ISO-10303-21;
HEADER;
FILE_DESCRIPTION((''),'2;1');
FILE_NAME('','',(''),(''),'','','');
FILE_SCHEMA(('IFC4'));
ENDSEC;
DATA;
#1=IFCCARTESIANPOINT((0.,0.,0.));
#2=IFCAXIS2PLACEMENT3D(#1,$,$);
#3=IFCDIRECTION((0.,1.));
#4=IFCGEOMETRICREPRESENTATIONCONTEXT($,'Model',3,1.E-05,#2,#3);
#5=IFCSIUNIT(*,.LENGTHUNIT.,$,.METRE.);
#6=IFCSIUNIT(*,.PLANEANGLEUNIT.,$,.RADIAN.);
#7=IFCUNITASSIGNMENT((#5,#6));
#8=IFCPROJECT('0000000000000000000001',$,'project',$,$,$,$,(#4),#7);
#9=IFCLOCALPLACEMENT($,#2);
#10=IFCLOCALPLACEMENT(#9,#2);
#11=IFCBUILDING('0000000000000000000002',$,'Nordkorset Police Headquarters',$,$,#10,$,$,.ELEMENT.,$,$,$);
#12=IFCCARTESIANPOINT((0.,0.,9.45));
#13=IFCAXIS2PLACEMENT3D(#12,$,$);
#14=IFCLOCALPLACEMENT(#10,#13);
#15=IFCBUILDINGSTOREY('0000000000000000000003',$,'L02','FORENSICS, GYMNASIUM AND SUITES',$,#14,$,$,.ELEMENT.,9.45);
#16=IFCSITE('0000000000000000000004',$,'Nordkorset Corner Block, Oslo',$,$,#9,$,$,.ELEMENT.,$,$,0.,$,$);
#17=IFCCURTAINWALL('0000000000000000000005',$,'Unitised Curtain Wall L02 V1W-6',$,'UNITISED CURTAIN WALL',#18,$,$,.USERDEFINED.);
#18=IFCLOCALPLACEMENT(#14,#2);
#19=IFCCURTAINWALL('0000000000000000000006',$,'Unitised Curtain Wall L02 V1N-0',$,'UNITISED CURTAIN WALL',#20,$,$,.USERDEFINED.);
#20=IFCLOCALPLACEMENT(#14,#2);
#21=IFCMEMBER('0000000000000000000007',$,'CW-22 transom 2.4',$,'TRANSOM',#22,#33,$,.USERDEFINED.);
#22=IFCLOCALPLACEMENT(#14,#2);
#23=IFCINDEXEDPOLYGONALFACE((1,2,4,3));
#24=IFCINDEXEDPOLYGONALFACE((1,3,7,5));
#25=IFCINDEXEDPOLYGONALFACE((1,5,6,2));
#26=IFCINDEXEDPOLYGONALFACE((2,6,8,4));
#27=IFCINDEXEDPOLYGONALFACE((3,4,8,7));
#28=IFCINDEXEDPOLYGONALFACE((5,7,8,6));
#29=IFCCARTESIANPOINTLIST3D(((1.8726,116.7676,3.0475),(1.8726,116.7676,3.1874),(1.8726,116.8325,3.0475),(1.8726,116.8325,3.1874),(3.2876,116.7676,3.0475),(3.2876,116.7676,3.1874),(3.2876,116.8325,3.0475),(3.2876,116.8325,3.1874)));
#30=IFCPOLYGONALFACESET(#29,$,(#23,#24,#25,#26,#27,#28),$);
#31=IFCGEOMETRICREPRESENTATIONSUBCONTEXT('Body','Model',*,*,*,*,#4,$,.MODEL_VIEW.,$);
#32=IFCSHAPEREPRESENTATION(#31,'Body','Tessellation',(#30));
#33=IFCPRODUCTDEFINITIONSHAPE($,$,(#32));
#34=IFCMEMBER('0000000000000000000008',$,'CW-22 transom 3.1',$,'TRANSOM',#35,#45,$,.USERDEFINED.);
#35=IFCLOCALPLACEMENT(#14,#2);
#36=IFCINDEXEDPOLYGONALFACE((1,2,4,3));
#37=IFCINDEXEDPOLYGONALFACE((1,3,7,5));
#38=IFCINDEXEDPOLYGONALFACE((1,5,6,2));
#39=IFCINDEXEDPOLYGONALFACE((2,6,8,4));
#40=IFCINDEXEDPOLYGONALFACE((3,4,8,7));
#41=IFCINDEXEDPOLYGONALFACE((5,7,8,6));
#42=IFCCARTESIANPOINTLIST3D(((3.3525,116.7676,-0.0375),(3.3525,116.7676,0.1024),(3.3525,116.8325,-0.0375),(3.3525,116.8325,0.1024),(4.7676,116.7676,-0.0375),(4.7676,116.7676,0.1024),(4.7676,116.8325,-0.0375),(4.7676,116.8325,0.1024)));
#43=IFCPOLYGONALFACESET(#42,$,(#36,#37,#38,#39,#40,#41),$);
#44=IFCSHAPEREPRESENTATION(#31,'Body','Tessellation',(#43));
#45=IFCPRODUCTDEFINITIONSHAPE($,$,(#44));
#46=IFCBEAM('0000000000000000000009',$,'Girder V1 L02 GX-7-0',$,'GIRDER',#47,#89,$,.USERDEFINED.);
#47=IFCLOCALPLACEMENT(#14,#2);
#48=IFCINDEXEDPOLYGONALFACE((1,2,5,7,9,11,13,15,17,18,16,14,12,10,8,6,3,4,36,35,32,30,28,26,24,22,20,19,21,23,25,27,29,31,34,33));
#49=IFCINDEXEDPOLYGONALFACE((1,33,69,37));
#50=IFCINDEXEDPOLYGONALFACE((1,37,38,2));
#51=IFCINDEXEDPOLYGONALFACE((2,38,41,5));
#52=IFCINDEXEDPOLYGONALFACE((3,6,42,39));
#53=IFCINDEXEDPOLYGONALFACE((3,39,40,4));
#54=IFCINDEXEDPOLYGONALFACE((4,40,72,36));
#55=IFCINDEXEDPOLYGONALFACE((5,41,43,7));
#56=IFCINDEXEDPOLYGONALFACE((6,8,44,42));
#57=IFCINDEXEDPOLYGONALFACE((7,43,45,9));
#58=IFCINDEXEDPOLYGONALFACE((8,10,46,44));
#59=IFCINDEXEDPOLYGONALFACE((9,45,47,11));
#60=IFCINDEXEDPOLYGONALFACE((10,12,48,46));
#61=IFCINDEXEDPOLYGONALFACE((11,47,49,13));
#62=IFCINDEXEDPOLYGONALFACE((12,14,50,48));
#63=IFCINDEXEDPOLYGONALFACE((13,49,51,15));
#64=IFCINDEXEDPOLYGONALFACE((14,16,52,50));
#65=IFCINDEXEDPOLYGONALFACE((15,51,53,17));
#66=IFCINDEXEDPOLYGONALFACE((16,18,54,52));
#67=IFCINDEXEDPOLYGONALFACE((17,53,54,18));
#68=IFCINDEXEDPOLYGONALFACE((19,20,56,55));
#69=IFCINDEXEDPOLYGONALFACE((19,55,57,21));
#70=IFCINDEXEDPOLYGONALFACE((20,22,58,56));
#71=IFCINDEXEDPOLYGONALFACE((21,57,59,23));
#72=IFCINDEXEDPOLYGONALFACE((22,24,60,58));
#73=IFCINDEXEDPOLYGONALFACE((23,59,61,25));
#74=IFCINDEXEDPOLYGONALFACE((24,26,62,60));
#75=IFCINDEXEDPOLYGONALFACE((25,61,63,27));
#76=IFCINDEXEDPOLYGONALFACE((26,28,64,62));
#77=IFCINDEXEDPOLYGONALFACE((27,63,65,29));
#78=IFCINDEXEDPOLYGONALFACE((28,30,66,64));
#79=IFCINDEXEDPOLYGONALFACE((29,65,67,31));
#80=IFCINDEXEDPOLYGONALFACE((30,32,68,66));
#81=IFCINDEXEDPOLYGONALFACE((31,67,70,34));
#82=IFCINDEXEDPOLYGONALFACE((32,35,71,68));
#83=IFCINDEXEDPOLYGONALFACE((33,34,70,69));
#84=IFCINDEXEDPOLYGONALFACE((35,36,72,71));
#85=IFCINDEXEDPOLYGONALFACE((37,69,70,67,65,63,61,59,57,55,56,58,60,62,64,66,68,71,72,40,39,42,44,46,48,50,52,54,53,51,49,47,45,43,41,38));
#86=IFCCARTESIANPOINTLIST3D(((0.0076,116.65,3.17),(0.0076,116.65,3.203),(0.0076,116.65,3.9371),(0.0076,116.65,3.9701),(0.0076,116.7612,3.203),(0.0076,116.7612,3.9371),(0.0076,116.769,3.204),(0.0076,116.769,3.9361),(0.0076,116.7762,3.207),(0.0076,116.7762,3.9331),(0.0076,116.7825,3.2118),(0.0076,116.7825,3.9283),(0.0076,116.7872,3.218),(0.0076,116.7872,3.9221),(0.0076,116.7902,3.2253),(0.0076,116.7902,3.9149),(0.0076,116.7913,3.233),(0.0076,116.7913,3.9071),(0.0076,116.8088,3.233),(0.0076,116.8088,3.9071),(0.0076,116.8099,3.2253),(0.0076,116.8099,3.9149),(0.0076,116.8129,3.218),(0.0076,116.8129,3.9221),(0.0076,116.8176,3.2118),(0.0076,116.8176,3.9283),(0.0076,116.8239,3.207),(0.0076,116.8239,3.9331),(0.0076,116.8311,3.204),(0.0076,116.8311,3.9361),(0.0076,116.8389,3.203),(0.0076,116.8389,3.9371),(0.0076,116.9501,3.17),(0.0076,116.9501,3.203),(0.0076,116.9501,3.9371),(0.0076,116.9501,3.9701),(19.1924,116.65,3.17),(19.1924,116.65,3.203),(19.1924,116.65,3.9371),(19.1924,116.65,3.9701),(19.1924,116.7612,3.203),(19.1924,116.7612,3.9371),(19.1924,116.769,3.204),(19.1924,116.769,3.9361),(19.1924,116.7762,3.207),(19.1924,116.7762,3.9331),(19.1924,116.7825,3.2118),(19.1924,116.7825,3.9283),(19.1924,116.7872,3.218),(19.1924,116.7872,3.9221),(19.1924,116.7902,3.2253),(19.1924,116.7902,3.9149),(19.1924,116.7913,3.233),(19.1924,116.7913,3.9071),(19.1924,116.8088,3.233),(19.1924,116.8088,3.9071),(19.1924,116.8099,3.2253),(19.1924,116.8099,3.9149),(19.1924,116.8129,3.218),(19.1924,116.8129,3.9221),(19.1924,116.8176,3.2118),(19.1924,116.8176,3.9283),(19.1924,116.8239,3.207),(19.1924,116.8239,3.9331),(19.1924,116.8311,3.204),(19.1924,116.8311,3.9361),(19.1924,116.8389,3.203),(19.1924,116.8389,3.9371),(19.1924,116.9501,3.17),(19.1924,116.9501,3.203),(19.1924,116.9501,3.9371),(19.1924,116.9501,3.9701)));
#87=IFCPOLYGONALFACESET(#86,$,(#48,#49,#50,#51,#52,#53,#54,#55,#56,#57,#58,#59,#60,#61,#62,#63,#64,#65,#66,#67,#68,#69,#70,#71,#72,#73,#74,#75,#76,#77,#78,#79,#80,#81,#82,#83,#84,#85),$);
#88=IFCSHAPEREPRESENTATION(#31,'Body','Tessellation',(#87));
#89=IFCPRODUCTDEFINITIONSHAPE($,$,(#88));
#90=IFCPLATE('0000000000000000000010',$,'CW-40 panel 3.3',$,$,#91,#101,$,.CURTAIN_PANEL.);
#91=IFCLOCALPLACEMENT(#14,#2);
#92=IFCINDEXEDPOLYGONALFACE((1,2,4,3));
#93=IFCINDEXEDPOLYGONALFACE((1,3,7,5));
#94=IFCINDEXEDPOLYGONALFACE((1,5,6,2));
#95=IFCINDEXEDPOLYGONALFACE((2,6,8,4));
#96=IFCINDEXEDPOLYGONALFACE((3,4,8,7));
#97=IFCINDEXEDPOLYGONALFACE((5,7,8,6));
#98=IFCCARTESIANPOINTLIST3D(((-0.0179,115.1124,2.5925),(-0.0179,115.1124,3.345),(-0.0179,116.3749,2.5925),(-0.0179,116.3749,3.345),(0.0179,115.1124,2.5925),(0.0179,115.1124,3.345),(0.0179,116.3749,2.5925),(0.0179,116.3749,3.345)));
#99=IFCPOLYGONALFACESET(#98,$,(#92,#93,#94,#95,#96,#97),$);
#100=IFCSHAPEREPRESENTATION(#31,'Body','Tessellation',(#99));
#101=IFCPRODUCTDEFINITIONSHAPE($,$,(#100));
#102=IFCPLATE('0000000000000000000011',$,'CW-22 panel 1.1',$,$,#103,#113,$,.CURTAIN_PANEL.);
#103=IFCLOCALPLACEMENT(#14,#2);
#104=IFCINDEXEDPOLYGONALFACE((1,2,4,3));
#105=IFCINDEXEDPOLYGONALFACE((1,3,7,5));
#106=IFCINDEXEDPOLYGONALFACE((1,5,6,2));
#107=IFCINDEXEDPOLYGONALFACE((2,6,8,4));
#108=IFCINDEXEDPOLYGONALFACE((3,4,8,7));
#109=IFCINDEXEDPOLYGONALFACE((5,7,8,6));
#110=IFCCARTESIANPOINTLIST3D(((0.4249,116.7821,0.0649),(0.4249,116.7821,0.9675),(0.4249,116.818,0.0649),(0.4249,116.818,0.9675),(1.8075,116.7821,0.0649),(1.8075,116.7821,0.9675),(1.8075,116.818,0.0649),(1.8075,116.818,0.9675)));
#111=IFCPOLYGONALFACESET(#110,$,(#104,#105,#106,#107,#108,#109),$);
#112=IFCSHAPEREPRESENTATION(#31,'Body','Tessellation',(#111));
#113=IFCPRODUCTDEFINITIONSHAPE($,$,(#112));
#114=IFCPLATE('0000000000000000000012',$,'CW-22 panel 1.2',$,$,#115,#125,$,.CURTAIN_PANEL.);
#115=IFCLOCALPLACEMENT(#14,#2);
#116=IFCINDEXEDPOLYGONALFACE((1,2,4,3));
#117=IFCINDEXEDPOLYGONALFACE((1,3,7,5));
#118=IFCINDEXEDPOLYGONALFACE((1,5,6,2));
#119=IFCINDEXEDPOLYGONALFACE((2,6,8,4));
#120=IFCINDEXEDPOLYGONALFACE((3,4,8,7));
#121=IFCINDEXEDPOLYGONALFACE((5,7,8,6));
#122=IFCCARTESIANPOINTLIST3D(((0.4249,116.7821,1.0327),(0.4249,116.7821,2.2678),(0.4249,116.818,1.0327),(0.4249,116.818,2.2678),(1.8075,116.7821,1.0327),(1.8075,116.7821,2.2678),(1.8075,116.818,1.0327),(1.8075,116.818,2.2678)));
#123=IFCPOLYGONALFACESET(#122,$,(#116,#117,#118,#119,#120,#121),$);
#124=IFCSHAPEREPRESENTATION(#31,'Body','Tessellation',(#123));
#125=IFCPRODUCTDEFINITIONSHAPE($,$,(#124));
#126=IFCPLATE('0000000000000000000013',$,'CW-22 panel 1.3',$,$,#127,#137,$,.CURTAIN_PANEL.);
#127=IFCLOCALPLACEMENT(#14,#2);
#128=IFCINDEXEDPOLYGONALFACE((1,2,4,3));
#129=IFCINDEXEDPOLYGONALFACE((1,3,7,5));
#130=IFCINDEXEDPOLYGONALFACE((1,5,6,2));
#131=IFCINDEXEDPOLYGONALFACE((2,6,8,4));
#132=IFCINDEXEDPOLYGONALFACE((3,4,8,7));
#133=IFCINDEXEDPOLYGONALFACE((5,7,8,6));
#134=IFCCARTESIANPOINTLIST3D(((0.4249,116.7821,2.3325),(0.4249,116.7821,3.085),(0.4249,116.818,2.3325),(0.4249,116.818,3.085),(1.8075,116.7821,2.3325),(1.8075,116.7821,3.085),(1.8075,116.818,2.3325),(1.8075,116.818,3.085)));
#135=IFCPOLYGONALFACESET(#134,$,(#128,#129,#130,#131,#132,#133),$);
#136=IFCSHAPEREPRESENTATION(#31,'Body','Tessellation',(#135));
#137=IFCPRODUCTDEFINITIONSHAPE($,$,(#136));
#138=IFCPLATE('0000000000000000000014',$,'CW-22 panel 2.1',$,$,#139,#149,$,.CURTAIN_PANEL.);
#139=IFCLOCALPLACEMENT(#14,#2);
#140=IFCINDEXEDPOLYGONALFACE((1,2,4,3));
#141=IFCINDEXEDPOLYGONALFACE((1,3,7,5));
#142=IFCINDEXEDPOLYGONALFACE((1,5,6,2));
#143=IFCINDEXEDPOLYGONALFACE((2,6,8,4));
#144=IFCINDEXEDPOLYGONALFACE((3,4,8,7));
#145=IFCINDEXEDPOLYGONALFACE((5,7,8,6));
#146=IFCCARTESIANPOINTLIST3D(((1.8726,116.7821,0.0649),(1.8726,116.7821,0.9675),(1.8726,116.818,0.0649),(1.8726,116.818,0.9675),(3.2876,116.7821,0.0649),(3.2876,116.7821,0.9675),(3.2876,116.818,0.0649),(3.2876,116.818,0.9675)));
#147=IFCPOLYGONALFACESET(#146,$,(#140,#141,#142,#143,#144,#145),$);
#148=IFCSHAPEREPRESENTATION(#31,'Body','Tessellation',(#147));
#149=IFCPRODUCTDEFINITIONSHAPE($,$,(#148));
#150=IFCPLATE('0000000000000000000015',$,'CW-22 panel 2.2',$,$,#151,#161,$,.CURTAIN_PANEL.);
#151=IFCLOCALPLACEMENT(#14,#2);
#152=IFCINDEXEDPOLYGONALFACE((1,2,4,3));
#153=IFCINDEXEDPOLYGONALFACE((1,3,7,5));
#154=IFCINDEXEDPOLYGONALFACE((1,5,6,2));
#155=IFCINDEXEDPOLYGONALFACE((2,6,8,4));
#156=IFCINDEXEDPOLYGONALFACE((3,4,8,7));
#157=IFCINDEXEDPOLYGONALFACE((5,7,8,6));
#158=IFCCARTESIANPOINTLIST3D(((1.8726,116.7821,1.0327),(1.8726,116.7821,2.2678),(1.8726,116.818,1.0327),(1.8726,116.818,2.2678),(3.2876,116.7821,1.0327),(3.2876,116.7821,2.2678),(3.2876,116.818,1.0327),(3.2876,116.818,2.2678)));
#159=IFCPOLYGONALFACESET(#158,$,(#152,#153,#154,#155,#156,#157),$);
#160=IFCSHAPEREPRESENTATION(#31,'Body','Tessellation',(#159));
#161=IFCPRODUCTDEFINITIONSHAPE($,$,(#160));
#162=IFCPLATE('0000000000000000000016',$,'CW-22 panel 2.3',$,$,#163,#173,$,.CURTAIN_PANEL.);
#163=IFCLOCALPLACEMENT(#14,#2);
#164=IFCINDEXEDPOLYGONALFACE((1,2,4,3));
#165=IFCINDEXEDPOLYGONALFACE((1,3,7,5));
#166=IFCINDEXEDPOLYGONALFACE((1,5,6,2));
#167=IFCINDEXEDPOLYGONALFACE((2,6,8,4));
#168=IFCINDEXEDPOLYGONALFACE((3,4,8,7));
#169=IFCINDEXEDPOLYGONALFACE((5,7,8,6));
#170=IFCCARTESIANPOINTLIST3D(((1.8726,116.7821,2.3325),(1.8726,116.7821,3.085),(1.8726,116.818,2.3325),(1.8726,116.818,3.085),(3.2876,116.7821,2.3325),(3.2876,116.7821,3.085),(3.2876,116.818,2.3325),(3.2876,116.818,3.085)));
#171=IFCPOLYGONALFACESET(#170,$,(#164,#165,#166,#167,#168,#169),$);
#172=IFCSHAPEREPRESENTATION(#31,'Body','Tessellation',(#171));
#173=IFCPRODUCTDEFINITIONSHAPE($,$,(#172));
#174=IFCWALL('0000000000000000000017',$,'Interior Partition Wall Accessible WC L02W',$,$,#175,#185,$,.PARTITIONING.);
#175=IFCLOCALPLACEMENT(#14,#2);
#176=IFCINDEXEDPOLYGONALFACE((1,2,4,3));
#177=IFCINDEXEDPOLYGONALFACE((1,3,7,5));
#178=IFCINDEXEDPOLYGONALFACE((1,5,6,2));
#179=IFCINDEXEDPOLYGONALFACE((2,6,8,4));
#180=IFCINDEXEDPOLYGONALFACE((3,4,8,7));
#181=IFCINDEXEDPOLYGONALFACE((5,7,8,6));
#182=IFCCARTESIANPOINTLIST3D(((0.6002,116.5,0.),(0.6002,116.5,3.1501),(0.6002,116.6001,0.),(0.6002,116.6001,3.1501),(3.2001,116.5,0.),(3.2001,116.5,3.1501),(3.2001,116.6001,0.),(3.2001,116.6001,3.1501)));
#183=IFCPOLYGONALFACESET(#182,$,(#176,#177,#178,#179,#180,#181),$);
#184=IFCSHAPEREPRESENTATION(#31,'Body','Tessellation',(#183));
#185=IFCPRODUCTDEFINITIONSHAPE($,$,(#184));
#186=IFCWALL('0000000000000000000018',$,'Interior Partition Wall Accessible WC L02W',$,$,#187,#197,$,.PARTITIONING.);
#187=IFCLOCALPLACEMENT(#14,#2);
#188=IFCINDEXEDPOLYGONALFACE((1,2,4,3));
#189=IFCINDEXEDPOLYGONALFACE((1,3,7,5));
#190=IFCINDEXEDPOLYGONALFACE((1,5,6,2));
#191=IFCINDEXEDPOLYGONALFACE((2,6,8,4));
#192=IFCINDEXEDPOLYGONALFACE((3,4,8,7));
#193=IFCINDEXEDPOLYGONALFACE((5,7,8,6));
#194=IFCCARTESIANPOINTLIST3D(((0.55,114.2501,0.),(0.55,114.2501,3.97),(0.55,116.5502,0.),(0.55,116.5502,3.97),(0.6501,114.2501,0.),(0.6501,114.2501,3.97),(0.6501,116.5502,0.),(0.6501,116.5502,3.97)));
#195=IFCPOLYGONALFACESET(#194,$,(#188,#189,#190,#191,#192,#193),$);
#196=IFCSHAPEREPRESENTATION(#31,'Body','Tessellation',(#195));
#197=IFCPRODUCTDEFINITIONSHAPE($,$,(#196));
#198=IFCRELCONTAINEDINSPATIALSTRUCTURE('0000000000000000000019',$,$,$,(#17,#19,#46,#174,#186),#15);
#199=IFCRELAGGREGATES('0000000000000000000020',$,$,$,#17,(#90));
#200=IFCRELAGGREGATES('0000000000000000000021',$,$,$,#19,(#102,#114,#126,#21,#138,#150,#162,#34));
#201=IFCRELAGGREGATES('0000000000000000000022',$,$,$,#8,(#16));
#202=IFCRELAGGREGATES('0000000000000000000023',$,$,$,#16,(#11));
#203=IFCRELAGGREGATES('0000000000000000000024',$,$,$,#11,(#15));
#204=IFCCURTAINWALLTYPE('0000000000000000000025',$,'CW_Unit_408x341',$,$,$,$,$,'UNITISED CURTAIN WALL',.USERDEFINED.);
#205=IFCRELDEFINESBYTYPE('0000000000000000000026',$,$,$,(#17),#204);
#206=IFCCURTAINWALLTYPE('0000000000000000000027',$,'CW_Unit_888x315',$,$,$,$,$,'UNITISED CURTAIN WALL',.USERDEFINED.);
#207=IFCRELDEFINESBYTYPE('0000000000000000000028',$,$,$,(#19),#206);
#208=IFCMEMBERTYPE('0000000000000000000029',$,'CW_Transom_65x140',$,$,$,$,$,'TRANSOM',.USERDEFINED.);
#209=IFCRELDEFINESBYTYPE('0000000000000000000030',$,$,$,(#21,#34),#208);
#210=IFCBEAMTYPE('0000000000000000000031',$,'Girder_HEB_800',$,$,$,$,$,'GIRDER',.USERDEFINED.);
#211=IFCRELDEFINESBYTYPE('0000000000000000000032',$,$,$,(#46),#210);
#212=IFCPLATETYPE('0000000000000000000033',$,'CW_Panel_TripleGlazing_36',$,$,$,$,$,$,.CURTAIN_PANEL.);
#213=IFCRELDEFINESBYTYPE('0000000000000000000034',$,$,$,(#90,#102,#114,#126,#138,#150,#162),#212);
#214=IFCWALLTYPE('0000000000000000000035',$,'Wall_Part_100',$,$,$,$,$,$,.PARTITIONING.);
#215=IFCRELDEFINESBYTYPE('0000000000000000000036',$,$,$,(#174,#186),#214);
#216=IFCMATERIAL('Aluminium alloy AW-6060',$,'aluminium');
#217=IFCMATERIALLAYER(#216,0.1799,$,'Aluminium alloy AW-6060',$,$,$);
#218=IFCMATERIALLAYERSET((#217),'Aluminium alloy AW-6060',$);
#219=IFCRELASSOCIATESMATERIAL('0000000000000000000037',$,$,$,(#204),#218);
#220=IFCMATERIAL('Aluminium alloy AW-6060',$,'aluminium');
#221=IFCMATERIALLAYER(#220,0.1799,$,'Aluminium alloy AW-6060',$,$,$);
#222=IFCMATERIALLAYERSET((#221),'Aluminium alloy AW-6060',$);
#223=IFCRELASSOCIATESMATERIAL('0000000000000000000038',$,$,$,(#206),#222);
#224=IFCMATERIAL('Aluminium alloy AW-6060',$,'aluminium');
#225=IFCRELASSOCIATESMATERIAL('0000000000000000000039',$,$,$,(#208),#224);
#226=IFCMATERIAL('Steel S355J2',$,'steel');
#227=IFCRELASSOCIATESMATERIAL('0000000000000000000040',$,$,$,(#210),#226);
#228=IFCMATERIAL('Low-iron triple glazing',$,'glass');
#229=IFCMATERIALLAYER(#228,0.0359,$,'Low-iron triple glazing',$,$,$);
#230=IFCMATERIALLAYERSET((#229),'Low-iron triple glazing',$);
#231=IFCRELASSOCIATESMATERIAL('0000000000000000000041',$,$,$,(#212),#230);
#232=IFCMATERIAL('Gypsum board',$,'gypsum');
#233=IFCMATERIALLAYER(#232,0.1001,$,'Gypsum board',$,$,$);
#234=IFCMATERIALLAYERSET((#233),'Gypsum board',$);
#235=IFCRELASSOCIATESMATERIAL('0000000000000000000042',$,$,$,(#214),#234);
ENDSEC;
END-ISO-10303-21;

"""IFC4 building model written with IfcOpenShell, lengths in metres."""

from ifc_helpers import new_model, si_unit, direction, frame, frame_2d, origin, origin_2d, place, context, subcontext, project, spatial, rectangle, i_section, extrude, material, layer, layer_set, material_profile, profile_set, type_object, element, aggregate, save


model = new_model("IFC4")

# Units and contexts
model_context = context("Model", 3, precision=1e-05, world=origin(), true_north=direction((0.0, 1.0)))
body_context = subcontext(model_context, "Body", "Model", "MODEL_VIEW")
ifc_project = project(units=[si_unit("LENGTHUNIT", "METRE"), si_unit("PLANEANGLEUNIT", "RADIAN")], contexts=[model_context])

# Site, building, storey
site_placement = place(None, origin())
site = spatial("IfcSite", under=ifc_project, at=site_placement, Name="Nordkorset Corner Block, Oslo", CompositionType="ELEMENT", RefElevation=0.0)
building_placement = place(site_placement, origin())
building = spatial("IfcBuilding", under=site, at=building_placement, Name="Nordkorset Police Headquarters", CompositionType="ELEMENT")
storey_placement = place(building_placement, frame((0.0, 0.0, 9.45)))
storey = spatial("IfcBuildingStorey", under=building, at=storey_placement, Name="L02", Description="FORENSICS, GYMNASIUM AND SUITES", CompositionType="ELEMENT", Elevation=9.45)

# Curtain wall
ifc_material_1 = material(Name="Aluminium alloy AW-6060", Category="aluminium")
ifc_layer_1 = layer(ifc_material_1, 0.1799, Name="Aluminium alloy AW-6060")
ifc_layer_set_1 = layer_set([ifc_layer_1], Name="Aluminium alloy AW-6060")
curtain_wall_type_1 = type_object("IfcCurtainWallType", Name="CW_Unit_408x341", ElementType="UNITISED CURTAIN WALL", PredefinedType="USERDEFINED", material=ifc_layer_set_1)
curtain_wall_1_placement = place(storey_placement, origin())
curtain_wall_1 = element("IfcCurtainWall", 1, at=curtain_wall_1_placement, inside=storey, type_object=curtain_wall_type_1, Name="Unitised Curtain Wall L02 V1W-6", ObjectType="UNITISED CURTAIN WALL", PredefinedType="USERDEFINED")

# Curtain wall, members
ifc_material_2 = material(Name="Aluminium alloy AW-6060", Category="aluminium")
ifc_layer_2 = layer(ifc_material_2, 0.1799, Name="Aluminium alloy AW-6060")
ifc_layer_set_2 = layer_set([ifc_layer_2], Name="Aluminium alloy AW-6060")
curtain_wall_type_2 = type_object("IfcCurtainWallType", Name="CW_Unit_888x315", ElementType="UNITISED CURTAIN WALL", PredefinedType="USERDEFINED", material=ifc_layer_set_2)
curtain_wall_2_placement = place(storey_placement, origin())
curtain_wall_2 = element("IfcCurtainWall", 2, at=curtain_wall_2_placement, inside=storey, type_object=curtain_wall_type_2, Name="Unitised Curtain Wall L02 V1N-0", ObjectType="UNITISED CURTAIN WALL", PredefinedType="USERDEFINED")
ifc_material_3 = material(Name="Aluminium alloy AW-6060", Category="aluminium")
ifc_material_profile_1 = material_profile(ifc_material_3, rectangle(XDim=0.0649, YDim=0.1399, at=origin_2d()), Name="ALU TRAN 65x140")
ifc_profile_set_1 = profile_set([ifc_material_profile_1], Name="Aluminium alloy AW-6060")
member_type_1 = type_object("IfcMemberType", Name="CW_Transom_65x140", ElementType="TRANSOM", PredefinedType="USERDEFINED", material=ifc_profile_set_1)
member_1_placement = place(storey_placement, frame((1.8726, 116.8, 3.1174), z_axis=(1.0, 0.0, 0.0), x_axis=(0.0, 1.0, 0.0)))
member_1 = element("IfcMember", 3, at=member_1_placement, type_object=member_type_1, Name="CW-22 transom 2.4", ObjectType="TRANSOM", PredefinedType="USERDEFINED", context=body_context, shape_type="SweptSolid", body=[
    extrude(rectangle(XDim=0.0649, YDim=0.1399, at=origin_2d()), origin(), (0.0, 0.0, 1.0), 1.415),
])
member_2_placement = place(storey_placement, frame((3.3525, 116.8, 0.0325), z_axis=(1.0, 0.0, 0.0), x_axis=(0.0, 1.0, 0.0)))
member_2 = element("IfcMember", 4, at=member_2_placement, type_object=member_type_1, Name="CW-22 transom 3.1", ObjectType="TRANSOM", PredefinedType="USERDEFINED", context=body_context, shape_type="SweptSolid", body=[
    extrude(rectangle(XDim=0.0649, YDim=0.1399, at=origin_2d()), origin(), (0.0, 0.0, 1.0), 1.415),
])

# Beam
ifc_material_4 = material(Name="Steel S355J2", Category="steel")
ifc_material_profile_2 = material_profile(ifc_material_4, i_section(OverallWidth=0.3, OverallDepth=0.8, WebThickness=0.0176, FlangeThickness=0.033, FilletRadius=0.03, at=origin_2d()), Name="HEB 800")
ifc_profile_set_2 = profile_set([ifc_material_profile_2], Name="Steel S355J2")
beam_type = type_object("IfcBeamType", Name="Girder_HEB_800", ElementType="GIRDER", PredefinedType="USERDEFINED", material=ifc_profile_set_2)
beam_placement = place(storey_placement, frame((0.0076, 116.8, 3.5701), z_axis=(1.0, 0.0, 0.0), x_axis=(0.0, 1.0, 0.0)))
element("IfcBeam", 5, at=beam_placement, inside=storey, type_object=beam_type, Name="Girder V1 L02 GX-7-0", ObjectType="GIRDER", PredefinedType="USERDEFINED", context=body_context, shape_type="SweptSolid", body=[
    extrude(i_section(OverallWidth=0.3, OverallDepth=0.8, WebThickness=0.0176, FlangeThickness=0.033, FilletRadius=0.03, at=origin_2d()), origin(), (0.0, 0.0, 1.0), 19.1848),
])

# Plates
ifc_material_5 = material(Name="Low-iron triple glazing", Category="glass")
ifc_layer_3 = layer(ifc_material_5, 0.0359, Name="Low-iron triple glazing")
ifc_layer_set_3 = layer_set([ifc_layer_3], Name="Low-iron triple glazing")
plate_type = type_object("IfcPlateType", Name="CW_Panel_TripleGlazing_36", PredefinedType="CURTAIN_PANEL", material=ifc_layer_set_3)
plate_1_placement = place(storey_placement, frame((0.0, 115.7437, 2.5925), z_axis=(0.0, 0.0, 1.0), x_axis=(0.0, 1.0, 0.0)))
plate_1 = element("IfcPlate", 6, at=plate_1_placement, type_object=plate_type, Name="CW-40 panel 3.3", PredefinedType="CURTAIN_PANEL", context=body_context, shape_type="SweptSolid", body=[
    extrude(rectangle(XDim=1.2625, YDim=0.0359, at=origin_2d()), origin(), (0.0, 0.0, 1.0), 0.7524),
])
aggregate(curtain_wall_1, [plate_1])
plate_2_placement = place(storey_placement, frame((1.1162, 116.8, 0.0649), z_axis=(0.0, 0.0, 1.0), x_axis=(1.0, 0.0, 0.0)))
plate_2 = element("IfcPlate", 7, at=plate_2_placement, type_object=plate_type, Name="CW-22 panel 1.1", PredefinedType="CURTAIN_PANEL", context=body_context, shape_type="SweptSolid", body=[
    extrude(rectangle(XDim=1.3826, YDim=0.0359, at=origin_2d()), origin(), (0.0, 0.0, 1.0), 0.9026),
])
plate_3_placement = place(storey_placement, frame((1.1162, 116.8, 1.0327), z_axis=(0.0, 0.0, 1.0), x_axis=(1.0, 0.0, 0.0)))
plate_3 = element("IfcPlate", 8, at=plate_3_placement, type_object=plate_type, Name="CW-22 panel 1.2", PredefinedType="CURTAIN_PANEL", context=body_context, shape_type="SweptSolid", body=[
    extrude(rectangle(XDim=1.3826, YDim=0.0359, at=origin_2d()), origin(), (0.0, 0.0, 1.0), 1.2351),
])
plate_4_placement = place(storey_placement, frame((1.1162, 116.8, 2.3325), z_axis=(0.0, 0.0, 1.0), x_axis=(1.0, 0.0, 0.0)))
plate_4 = element("IfcPlate", 9, at=plate_4_placement, type_object=plate_type, Name="CW-22 panel 1.3", PredefinedType="CURTAIN_PANEL", context=body_context, shape_type="SweptSolid", body=[
    extrude(rectangle(XDim=1.3826, YDim=0.0359, at=origin_2d()), origin(), (0.0, 0.0, 1.0), 0.7524),
])
plate_5_placement = place(storey_placement, frame((2.5801, 116.8, 0.0649), z_axis=(0.0, 0.0, 1.0), x_axis=(1.0, 0.0, 0.0)))
plate_5 = element("IfcPlate", 10, at=plate_5_placement, type_object=plate_type, Name="CW-22 panel 2.1", PredefinedType="CURTAIN_PANEL", context=body_context, shape_type="SweptSolid", body=[
    extrude(rectangle(XDim=1.415, YDim=0.0359, at=origin_2d()), origin(), (0.0, 0.0, 1.0), 0.9026),
])
plate_6_placement = place(storey_placement, frame((2.5801, 116.8, 1.0327), z_axis=(0.0, 0.0, 1.0), x_axis=(1.0, 0.0, 0.0)))
plate_6 = element("IfcPlate", 11, at=plate_6_placement, type_object=plate_type, Name="CW-22 panel 2.2", PredefinedType="CURTAIN_PANEL", context=body_context, shape_type="SweptSolid", body=[
    extrude(rectangle(XDim=1.415, YDim=0.0359, at=origin_2d()), origin(), (0.0, 0.0, 1.0), 1.2351),
])
plate_7_placement = place(storey_placement, frame((2.5801, 116.8, 2.3325), z_axis=(0.0, 0.0, 1.0), x_axis=(1.0, 0.0, 0.0)))
plate_7 = element("IfcPlate", 12, at=plate_7_placement, type_object=plate_type, Name="CW-22 panel 2.3", PredefinedType="CURTAIN_PANEL", context=body_context, shape_type="SweptSolid", body=[
    extrude(rectangle(XDim=1.415, YDim=0.0359, at=origin_2d()), origin(), (0.0, 0.0, 1.0), 0.7524),
])
aggregate(curtain_wall_2, [plate_2, plate_3, plate_4, member_1, plate_5, plate_6, plate_7, member_2])

# Walls
ifc_material_6 = material(Name="Gypsum board", Category="gypsum")
ifc_layer_4 = layer(ifc_material_6, 0.1001, Name="Gypsum board")
ifc_layer_set_4 = layer_set([ifc_layer_4], Name="Gypsum board")
wall_type = type_object("IfcWallType", Name="Wall_Part_100", PredefinedType="PARTITIONING", material=ifc_layer_set_4)
wall_1_placement = place(storey_placement, frame((3.2, 116.55, 0.0), z_axis=(0.0, 0.0, 1.0), x_axis=(-1.0, 0.0, 0.0)))
element("IfcWall", 13, at=wall_1_placement, inside=storey, type_object=wall_type, Name="Interior Partition Wall Accessible WC L02W", PredefinedType="PARTITIONING", context=body_context, shape_type="SweptSolid", body=[
    extrude(rectangle(XDim=2.5999, YDim=0.1001, at=frame_2d((1.2998, 0.0))), origin(), (0.0, 0.0, 1.0), 3.1501),
])
wall_2_placement = place(storey_placement, frame((0.6001, 116.55, 0.0), z_axis=(0.0, 0.0, 1.0), x_axis=(0.0, -1.0, 0.0)))
element("IfcWall", 14, at=wall_2_placement, inside=storey, type_object=wall_type, Name="Interior Partition Wall Accessible WC L02W", PredefinedType="PARTITIONING", context=body_context, shape_type="SweptSolid", body=[
    extrude(rectangle(XDim=2.3, YDim=0.1001, at=frame_2d((1.1499, 0.0))), origin(), (0.0, 0.0, 1.0), 3.97),
])

save(model, "model.ifc")
